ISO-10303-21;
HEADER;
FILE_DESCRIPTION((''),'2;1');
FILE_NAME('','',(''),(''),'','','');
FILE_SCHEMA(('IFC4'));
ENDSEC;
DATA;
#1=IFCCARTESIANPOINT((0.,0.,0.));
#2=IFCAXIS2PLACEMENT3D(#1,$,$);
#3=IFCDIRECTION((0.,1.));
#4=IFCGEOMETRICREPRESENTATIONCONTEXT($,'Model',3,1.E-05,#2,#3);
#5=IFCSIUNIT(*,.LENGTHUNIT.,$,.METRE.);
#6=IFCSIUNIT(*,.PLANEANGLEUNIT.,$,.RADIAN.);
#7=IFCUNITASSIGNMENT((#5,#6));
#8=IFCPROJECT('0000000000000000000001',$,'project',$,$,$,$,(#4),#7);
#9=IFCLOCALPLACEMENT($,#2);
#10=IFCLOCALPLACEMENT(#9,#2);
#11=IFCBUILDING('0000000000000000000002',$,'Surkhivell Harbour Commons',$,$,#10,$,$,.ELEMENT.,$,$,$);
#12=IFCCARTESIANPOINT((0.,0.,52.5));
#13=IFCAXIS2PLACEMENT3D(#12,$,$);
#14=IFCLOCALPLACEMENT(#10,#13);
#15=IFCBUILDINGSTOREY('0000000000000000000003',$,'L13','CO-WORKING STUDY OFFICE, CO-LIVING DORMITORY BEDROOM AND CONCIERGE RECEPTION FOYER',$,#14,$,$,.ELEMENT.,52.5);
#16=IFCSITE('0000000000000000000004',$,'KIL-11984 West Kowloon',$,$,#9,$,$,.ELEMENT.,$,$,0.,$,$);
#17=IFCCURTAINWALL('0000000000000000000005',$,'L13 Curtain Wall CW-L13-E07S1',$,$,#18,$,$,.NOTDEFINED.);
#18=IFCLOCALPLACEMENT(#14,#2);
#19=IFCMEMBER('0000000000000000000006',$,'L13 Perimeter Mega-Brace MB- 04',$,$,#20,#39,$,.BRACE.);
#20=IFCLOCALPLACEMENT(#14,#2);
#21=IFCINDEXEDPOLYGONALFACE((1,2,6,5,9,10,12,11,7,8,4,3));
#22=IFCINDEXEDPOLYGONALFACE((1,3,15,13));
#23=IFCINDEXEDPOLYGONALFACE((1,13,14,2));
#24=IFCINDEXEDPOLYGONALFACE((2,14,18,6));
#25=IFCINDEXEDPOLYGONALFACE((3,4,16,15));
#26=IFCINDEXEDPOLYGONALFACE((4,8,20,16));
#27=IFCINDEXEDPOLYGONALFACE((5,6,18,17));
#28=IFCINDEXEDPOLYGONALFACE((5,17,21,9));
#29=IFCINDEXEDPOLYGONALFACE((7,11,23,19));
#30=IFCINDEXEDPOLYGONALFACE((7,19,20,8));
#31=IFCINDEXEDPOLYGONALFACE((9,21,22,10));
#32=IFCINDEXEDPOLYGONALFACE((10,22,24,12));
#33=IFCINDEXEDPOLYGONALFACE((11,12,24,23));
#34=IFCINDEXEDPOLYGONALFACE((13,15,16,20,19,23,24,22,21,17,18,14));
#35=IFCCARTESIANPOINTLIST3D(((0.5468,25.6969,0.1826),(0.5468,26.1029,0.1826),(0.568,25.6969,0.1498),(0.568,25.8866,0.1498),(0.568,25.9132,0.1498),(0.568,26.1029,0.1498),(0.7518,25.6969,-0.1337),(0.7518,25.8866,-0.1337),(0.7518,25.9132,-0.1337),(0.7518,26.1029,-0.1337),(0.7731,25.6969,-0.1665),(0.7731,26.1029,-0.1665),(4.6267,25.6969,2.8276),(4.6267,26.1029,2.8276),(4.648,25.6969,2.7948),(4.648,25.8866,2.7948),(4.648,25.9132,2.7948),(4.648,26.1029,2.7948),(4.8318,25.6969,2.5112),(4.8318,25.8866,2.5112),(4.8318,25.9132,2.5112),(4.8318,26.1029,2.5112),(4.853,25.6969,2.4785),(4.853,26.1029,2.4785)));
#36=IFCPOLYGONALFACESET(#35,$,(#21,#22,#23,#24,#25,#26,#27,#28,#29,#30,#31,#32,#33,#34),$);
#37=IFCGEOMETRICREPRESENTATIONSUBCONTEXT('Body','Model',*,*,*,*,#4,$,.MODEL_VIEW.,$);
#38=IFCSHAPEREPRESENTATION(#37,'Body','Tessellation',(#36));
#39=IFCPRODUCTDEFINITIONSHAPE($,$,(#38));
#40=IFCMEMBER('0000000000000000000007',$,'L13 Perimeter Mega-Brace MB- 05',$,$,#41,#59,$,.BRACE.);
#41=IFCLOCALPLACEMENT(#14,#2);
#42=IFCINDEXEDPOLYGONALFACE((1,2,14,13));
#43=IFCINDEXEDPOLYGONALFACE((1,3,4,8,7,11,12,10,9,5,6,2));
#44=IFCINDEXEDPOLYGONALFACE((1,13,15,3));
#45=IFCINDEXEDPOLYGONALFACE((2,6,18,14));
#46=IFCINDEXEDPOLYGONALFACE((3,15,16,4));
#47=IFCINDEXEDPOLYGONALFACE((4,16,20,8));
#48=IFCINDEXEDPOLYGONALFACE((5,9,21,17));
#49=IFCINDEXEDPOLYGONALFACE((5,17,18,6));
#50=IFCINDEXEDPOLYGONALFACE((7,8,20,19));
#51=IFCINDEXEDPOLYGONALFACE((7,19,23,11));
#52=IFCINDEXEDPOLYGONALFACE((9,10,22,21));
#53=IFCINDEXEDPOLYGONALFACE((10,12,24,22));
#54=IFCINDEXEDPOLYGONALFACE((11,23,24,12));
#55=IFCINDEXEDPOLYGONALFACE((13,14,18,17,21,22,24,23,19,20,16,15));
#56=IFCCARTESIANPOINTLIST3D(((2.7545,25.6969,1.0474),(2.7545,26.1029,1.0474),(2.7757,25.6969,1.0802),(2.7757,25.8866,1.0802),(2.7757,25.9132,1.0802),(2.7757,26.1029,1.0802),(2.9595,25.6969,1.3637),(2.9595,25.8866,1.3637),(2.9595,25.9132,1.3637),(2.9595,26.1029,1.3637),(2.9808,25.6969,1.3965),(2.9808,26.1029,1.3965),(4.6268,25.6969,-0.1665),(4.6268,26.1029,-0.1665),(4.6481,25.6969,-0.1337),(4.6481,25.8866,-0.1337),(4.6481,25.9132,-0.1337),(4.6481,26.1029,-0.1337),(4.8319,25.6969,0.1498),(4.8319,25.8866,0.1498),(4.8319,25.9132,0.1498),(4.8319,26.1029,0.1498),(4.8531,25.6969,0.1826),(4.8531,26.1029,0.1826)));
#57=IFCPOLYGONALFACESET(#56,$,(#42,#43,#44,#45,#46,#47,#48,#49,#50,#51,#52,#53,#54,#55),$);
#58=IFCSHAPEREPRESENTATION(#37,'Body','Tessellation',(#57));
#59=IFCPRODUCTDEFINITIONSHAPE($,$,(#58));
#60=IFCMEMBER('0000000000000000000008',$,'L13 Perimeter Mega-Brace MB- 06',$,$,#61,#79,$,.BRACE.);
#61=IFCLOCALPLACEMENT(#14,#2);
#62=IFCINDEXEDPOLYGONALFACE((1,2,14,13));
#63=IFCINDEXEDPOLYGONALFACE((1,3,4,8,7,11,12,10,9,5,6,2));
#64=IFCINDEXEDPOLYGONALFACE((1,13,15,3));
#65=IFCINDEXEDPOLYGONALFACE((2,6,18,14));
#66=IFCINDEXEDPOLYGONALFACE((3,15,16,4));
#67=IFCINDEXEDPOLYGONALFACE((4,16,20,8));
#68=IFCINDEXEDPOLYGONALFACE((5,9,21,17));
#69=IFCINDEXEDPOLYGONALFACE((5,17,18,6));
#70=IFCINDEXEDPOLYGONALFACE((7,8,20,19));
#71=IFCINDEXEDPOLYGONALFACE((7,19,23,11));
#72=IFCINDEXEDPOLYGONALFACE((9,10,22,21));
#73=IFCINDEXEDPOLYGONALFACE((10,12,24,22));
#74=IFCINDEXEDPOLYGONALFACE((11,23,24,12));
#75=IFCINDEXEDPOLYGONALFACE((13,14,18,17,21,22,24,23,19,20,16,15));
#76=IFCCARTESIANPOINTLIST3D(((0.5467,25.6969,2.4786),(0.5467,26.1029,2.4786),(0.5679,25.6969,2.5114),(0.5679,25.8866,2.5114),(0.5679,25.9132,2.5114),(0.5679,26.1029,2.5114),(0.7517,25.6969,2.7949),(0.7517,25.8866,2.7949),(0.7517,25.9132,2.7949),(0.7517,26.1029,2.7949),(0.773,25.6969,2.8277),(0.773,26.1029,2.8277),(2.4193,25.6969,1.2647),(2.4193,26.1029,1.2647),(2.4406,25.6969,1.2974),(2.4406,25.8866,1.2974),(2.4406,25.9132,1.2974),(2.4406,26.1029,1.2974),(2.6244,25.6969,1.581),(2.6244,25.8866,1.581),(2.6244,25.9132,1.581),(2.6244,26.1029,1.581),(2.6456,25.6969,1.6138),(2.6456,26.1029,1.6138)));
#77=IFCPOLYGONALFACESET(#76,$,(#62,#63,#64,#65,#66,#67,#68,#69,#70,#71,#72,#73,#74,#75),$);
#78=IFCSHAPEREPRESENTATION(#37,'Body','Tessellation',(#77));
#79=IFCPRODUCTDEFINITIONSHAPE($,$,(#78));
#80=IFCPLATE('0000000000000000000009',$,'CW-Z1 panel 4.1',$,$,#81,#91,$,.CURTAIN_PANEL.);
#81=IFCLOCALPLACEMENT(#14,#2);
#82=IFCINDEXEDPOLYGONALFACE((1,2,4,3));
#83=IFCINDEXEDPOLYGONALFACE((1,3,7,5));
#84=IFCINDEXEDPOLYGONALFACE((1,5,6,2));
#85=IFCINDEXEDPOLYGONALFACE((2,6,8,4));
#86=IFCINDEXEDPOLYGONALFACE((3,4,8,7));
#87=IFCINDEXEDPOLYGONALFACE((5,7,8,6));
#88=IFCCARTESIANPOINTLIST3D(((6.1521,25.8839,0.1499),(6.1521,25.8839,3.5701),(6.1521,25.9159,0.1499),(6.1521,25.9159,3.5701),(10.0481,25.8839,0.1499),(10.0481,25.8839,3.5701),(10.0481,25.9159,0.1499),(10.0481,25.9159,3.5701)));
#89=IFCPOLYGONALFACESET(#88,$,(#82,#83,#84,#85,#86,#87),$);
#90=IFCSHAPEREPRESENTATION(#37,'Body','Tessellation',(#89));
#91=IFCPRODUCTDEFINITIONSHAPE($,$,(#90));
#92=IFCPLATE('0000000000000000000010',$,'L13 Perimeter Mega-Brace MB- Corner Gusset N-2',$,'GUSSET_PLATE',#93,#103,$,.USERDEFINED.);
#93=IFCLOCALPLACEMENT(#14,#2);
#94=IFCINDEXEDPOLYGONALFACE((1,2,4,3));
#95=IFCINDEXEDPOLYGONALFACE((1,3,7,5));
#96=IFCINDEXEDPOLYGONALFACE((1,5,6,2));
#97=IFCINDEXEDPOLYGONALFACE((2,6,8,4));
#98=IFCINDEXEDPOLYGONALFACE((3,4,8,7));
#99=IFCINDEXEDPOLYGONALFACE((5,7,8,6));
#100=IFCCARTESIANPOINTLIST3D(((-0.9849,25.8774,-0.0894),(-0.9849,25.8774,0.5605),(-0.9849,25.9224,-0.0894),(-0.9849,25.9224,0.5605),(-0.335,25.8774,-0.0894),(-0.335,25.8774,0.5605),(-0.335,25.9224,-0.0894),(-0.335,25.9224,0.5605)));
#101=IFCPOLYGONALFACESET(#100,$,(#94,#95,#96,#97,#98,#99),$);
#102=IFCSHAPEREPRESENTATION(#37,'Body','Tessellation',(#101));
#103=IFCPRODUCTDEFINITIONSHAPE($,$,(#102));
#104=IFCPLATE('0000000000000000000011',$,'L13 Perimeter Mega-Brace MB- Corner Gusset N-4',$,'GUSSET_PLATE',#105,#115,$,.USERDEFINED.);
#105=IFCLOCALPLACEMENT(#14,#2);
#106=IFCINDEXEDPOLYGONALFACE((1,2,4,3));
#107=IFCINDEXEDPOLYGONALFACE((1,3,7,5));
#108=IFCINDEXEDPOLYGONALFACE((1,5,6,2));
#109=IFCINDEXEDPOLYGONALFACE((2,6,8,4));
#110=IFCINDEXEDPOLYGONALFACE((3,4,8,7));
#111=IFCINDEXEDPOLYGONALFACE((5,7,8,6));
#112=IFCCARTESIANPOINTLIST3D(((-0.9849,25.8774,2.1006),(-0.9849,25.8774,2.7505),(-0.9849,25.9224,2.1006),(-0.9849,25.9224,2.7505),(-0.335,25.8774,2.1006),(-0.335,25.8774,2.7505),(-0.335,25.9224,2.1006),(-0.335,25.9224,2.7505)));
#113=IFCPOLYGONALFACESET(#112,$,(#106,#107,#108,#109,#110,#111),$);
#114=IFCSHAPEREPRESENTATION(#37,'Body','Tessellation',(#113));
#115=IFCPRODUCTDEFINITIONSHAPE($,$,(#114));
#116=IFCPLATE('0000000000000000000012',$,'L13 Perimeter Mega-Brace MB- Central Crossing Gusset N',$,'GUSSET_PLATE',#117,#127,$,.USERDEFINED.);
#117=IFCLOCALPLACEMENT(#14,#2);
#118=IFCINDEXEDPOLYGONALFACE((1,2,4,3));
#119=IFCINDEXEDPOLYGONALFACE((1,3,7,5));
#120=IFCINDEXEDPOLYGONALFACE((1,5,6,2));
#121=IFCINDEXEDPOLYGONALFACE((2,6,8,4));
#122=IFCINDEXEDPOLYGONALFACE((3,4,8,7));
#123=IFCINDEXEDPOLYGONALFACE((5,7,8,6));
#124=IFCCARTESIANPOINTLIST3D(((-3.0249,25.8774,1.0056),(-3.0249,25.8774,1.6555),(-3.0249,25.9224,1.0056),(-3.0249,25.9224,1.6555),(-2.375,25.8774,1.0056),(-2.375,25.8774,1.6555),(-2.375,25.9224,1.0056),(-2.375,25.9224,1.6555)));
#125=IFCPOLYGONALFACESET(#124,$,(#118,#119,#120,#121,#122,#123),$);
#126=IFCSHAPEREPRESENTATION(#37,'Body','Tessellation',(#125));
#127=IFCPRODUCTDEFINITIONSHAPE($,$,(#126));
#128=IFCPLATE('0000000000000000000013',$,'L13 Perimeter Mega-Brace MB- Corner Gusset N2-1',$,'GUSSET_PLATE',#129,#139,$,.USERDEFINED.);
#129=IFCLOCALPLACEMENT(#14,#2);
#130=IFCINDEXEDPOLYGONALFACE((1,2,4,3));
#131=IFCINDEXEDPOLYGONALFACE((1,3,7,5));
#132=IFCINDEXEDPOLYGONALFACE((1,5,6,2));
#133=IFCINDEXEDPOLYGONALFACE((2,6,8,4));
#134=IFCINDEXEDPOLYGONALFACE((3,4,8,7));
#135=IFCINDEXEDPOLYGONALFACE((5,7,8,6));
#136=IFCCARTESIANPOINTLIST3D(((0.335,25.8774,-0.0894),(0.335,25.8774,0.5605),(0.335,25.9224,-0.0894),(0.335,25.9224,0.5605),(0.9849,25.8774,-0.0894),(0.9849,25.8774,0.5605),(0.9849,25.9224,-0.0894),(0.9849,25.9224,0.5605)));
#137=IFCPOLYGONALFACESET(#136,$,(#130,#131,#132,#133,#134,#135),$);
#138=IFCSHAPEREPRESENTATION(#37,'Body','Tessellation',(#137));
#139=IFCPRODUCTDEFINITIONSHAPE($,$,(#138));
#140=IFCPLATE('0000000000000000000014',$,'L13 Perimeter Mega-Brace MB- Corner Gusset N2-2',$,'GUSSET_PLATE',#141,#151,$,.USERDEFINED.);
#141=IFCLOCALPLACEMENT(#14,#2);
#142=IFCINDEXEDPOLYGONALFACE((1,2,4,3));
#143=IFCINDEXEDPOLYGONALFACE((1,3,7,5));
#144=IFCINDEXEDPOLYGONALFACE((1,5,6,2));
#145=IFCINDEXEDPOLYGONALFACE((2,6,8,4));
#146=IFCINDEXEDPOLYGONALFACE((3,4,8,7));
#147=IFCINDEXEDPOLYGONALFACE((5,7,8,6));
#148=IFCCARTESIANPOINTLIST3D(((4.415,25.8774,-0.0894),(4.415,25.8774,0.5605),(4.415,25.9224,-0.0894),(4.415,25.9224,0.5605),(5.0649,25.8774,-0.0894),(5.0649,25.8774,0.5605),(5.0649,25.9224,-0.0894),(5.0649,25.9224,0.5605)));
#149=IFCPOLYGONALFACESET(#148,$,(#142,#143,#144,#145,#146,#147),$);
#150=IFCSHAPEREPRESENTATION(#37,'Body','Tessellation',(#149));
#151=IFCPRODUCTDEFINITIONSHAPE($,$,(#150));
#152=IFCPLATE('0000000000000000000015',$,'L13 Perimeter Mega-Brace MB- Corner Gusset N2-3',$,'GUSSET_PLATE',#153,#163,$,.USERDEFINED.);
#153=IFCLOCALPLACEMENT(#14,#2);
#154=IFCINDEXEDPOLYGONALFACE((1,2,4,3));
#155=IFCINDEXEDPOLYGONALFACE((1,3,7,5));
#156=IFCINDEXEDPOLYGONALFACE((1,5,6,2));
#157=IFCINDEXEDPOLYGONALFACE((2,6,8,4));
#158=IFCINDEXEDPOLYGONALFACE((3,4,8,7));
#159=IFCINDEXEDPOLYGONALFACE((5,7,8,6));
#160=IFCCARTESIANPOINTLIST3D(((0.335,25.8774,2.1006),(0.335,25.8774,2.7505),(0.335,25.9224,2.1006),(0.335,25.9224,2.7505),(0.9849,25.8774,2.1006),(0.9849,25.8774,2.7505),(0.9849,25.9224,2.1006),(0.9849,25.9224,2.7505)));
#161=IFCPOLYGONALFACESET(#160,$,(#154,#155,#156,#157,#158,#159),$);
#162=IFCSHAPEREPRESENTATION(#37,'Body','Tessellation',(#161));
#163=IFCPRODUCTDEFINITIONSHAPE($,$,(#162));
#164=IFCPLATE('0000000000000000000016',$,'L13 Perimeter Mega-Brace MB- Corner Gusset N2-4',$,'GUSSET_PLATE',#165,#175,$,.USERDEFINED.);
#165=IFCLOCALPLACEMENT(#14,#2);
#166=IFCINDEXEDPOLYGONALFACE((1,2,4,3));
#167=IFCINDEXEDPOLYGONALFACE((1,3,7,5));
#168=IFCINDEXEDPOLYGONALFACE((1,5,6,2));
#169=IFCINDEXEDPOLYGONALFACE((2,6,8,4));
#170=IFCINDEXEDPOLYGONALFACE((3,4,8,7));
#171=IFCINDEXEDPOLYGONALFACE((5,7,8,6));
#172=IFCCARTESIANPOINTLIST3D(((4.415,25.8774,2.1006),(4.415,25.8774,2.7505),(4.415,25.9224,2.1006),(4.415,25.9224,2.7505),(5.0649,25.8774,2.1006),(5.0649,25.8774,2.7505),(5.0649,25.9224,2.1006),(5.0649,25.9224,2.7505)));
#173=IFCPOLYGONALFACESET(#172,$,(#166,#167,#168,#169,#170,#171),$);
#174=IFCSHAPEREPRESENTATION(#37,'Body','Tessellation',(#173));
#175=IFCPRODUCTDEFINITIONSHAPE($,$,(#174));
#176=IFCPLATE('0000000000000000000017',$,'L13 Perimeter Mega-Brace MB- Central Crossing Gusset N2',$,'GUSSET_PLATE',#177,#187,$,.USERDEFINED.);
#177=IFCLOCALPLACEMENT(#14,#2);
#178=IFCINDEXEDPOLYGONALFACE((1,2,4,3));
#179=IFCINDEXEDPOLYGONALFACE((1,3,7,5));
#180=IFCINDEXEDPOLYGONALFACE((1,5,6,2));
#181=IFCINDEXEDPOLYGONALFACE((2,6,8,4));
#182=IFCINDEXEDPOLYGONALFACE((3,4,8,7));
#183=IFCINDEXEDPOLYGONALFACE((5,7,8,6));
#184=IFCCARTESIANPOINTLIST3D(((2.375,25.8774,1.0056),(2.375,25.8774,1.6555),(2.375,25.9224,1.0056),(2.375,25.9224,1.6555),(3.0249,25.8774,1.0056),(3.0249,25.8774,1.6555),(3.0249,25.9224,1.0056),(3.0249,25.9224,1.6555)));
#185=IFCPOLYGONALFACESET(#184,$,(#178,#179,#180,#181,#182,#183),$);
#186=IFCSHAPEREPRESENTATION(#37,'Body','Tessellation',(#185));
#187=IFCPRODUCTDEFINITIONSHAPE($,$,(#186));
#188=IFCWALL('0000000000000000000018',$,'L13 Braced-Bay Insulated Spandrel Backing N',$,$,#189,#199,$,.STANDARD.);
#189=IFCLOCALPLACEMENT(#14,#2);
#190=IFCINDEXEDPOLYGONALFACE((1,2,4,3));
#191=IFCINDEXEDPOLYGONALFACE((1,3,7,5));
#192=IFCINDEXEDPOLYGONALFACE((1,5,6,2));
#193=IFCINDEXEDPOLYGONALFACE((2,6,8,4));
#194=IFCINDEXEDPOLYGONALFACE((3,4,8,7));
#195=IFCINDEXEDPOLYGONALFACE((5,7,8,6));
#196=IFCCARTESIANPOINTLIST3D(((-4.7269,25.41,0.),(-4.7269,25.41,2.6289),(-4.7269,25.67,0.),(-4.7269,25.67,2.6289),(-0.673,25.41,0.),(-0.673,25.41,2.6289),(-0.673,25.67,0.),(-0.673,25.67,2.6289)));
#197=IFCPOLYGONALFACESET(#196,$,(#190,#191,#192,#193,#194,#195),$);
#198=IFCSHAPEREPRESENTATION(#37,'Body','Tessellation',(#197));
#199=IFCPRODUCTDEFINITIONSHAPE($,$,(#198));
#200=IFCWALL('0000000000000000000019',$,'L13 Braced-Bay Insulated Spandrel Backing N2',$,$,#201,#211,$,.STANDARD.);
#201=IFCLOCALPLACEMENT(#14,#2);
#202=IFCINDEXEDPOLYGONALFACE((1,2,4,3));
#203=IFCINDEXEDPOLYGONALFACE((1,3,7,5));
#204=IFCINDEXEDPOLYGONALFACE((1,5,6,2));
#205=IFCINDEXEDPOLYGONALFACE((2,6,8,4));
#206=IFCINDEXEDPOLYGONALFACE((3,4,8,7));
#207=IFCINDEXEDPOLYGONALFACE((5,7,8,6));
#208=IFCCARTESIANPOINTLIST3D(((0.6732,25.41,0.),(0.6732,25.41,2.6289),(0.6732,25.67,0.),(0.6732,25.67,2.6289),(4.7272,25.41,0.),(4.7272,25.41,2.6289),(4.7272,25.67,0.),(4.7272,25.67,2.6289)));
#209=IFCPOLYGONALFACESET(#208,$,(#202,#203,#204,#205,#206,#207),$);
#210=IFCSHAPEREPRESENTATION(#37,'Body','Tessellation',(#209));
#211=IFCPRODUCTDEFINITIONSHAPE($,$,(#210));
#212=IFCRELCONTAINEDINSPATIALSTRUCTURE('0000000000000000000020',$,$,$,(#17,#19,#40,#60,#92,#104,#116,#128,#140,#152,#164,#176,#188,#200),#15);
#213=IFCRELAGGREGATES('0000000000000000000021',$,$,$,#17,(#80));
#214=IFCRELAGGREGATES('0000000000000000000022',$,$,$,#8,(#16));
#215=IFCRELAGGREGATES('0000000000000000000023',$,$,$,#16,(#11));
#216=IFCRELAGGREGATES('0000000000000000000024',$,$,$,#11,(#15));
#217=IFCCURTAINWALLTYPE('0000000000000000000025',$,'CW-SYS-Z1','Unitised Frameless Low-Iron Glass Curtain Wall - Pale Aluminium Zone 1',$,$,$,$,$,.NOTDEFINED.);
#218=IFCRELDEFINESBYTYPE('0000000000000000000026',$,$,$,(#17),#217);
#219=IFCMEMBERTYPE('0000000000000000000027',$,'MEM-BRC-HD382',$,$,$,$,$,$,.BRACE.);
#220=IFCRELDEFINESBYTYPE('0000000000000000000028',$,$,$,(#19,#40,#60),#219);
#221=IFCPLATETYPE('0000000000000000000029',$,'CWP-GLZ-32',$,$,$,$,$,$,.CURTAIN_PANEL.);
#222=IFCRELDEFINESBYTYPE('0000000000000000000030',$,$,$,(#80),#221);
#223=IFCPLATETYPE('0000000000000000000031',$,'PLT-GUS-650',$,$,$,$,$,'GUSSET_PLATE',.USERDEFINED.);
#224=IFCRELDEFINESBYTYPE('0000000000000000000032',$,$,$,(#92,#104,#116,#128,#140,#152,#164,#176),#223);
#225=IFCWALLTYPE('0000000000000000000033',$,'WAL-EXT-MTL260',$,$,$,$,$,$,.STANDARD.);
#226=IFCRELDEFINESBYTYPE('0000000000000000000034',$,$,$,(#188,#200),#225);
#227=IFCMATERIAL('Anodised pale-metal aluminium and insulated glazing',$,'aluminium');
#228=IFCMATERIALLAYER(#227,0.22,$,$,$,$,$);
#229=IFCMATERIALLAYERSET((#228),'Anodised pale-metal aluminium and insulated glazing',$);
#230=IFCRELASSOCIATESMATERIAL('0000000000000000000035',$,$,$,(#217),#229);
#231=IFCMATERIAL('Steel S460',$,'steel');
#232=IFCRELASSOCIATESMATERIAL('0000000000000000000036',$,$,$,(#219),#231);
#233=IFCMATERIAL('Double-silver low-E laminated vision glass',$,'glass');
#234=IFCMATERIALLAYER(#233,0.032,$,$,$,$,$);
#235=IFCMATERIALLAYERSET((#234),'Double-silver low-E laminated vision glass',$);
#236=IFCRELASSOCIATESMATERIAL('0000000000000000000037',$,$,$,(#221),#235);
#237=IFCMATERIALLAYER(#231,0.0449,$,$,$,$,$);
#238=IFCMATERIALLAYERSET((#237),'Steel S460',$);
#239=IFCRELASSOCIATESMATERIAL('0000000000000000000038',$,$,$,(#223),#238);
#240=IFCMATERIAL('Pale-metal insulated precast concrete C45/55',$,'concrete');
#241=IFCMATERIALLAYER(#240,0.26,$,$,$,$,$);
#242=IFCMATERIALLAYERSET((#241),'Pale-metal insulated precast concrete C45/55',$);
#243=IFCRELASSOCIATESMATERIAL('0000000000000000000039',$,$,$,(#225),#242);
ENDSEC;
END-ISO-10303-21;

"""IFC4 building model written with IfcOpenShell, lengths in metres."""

from ifc_helpers import new_model, si_unit, direction, frame, frame_2d, origin, origin_2d, place, context, subcontext, project, spatial, rectangle, i_section, extrude, material, layer, layer_set, material_profile, profile_set, type_object, element, aggregate, save


model = new_model("IFC4")

# Units and contexts
model_context = context("Model", 3, precision=1e-05, world=origin(), true_north=direction((0.0, 1.0)))
body_context = subcontext(model_context, "Body", "Model", "MODEL_VIEW")
ifc_project = project(units=[si_unit("LENGTHUNIT", "METRE"), si_unit("PLANEANGLEUNIT", "RADIAN")], contexts=[model_context])

# Site, building, storey
site_placement = place(None, origin())
site = spatial("IfcSite", under=ifc_project, at=site_placement, Name="KIL-11984 West Kowloon", CompositionType="ELEMENT", RefElevation=0.0)
building_placement = place(site_placement, origin())
building = spatial("IfcBuilding", under=site, at=building_placement, Name="Surkhivell Harbour Commons", CompositionType="ELEMENT")
storey_placement = place(building_placement, frame((0.0, 0.0, 52.5)))
storey = spatial("IfcBuildingStorey", under=building, at=storey_placement, Name="L13", Description="CO-WORKING STUDY OFFICE, CO-LIVING DORMITORY BEDROOM AND CONCIERGE RECEPTION FOYER", CompositionType="ELEMENT", Elevation=52.5)

# Shared definitions
ifc_material_1 = material(Name="Steel S460", Category="steel")

# Curtain wall
ifc_material_2 = material(Name="Anodised pale-metal aluminium and insulated glazing", Category="aluminium")
ifc_layer_1 = layer(ifc_material_2, 0.22)
ifc_layer_set_1 = layer_set([ifc_layer_1], Name="Anodised pale-metal aluminium and insulated glazing")
curtain_wall_type = type_object("IfcCurtainWallType", Name="CW-SYS-Z1", Description="Unitised Frameless Low-Iron Glass Curtain Wall - Pale Aluminium Zone 1", PredefinedType="NOTDEFINED", material=ifc_layer_set_1)
curtain_wall_placement = place(storey_placement, origin())
curtain_wall = element("IfcCurtainWall", 1, at=curtain_wall_placement, inside=storey, type_object=curtain_wall_type, Name="L13 Curtain Wall CW-L13-E07S1", PredefinedType="NOTDEFINED")

# Members
ifc_material_profile_1 = material_profile(ifc_material_1, i_section(OverallWidth=0.406, OverallDepth=0.416, WebThickness=0.0266, FlangeThickness=0.0391, at=origin_2d()), Name="HD400x382")
ifc_profile_set_1 = profile_set([ifc_material_profile_1], Name="Steel S460")
member_type_1 = type_object("IfcMemberType", Name="MEM-BRC-HD382", PredefinedType="BRACE", material=ifc_profile_set_1)
member_1_placement = place(storey_placement, frame((0.6599, 25.8999, 0.0081), z_axis=(0.839104, 0.0, 0.543971), x_axis=(0.0, 1.0, 0.0)))
element("IfcMember", 2, at=member_1_placement, inside=storey, type_object=member_type_1, Name="L13 Perimeter Mega-Brace MB- 04", PredefinedType="BRACE", context=body_context, shape_type="SweptSolid", body=[
    extrude(i_section(OverallWidth=0.406, OverallDepth=0.416, WebThickness=0.0266, FlangeThickness=0.0391, at=origin_2d()), origin(), (0.0, 0.0, 1.0), 4.8623),
])
member_2_placement = place(storey_placement, frame((4.74, 25.8999, 0.0081), z_axis=(-0.839085, 0.0, 0.544), x_axis=(0.0, -1.0, 0.0)))
element("IfcMember", 3, at=member_2_placement, inside=storey, type_object=member_type_1, Name="L13 Perimeter Mega-Brace MB- 05", PredefinedType="BRACE", context=body_context, shape_type="SweptSolid", body=[
    extrude(i_section(OverallWidth=0.406, OverallDepth=0.416, WebThickness=0.0266, FlangeThickness=0.0391, at=origin_2d()), origin(), (0.0, 0.0, 1.0), 2.2314),
])
member_3_placement = place(storey_placement, frame((2.5325, 25.8999, 1.4392), z_axis=(-0.839118, 0.0, 0.54395), x_axis=(0.0, -1.0, 0.0)))
element("IfcMember", 4, at=member_3_placement, inside=storey, type_object=member_type_1, Name="L13 Perimeter Mega-Brace MB- 06", PredefinedType="BRACE", context=body_context, shape_type="SweptSolid", body=[
    extrude(i_section(OverallWidth=0.406, OverallDepth=0.416, WebThickness=0.0266, FlangeThickness=0.0391, at=origin_2d()), origin(), (0.0, 0.0, 1.0), 2.2317),
])

# Plate
ifc_material_3 = material(Name="Double-silver low-E laminated vision glass", Category="glass")
ifc_layer_2 = layer(ifc_material_3, 0.032)
ifc_layer_set_2 = layer_set([ifc_layer_2], Name="Double-silver low-E laminated vision glass")
plate_type_1 = type_object("IfcPlateType", Name="CWP-GLZ-32", PredefinedType="CURTAIN_PANEL", material=ifc_layer_set_2)
plate_placement = place(storey_placement, frame((10.0481, 25.8999, 0.1499), z_axis=(0.0, 0.0, 1.0), x_axis=(-1.0, 0.0, 0.0)))
plate = element("IfcPlate", 5, at=plate_placement, type_object=plate_type_1, Name="CW-Z1 panel 4.1", PredefinedType="CURTAIN_PANEL", context=body_context, shape_type="SweptSolid", body=[
    extrude(rectangle(XDim=3.896, YDim=0.032, at=frame_2d((1.948, 0.0))), origin(), (0.0, 0.0, 1.0), 3.4202),
])
aggregate(curtain_wall, [plate])

# Plates
ifc_layer_3 = layer(ifc_material_1, 0.0449)
ifc_layer_set_3 = layer_set([ifc_layer_3], Name="Steel S460")
plate_type_2 = type_object("IfcPlateType", Name="PLT-GUS-650", ElementType="GUSSET_PLATE", PredefinedType="USERDEFINED", material=ifc_layer_set_3)
for number, where, z_axis, x_axis, name in (
    (6, (-0.6599, 25.8999, -0.0894), (0.0, 0.0, 1.0), (1.0, 0.0, 0.0), "L13 Perimeter Mega-Brace MB- Corner Gusset N-2"),
    (7, (-0.6599, 25.8999, 2.1006), (0.0, 0.0, 1.0), (1.0, 0.0, 0.0), "L13 Perimeter Mega-Brace MB- Corner Gusset N-4"),
    (8, (-2.7, 25.8999, 1.0056), (0.0, 0.0, 1.0), (1.0, 0.0, 0.0), "L13 Perimeter Mega-Brace MB- Central Crossing Gusset N"),
    (9, (0.6599, 25.8999, -0.0894), (0.0, 0.0, 1.0), (1.0, 0.0, 0.0), "L13 Perimeter Mega-Brace MB- Corner Gusset N2-1"),
    (10, (4.74, 25.8999, -0.0894), (0.0, 0.0, 1.0), (1.0, 0.0, 0.0), "L13 Perimeter Mega-Brace MB- Corner Gusset N2-2"),
    (11, (0.6599, 25.8999, 2.1006), (0.0, 0.0, 1.0), (1.0, 0.0, 0.0), "L13 Perimeter Mega-Brace MB- Corner Gusset N2-3"),
    (12, (4.74, 25.8999, 2.1006), (0.0, 0.0, 1.0), (1.0, 0.0, 0.0), "L13 Perimeter Mega-Brace MB- Corner Gusset N2-4"),
    (13, (2.7, 25.8999, 1.0056), (0.0, 0.0, 1.0), (1.0, 0.0, 0.0), "L13 Perimeter Mega-Brace MB- Central Crossing Gusset N2"),
):
    element("IfcPlate", number, at=place(storey_placement, frame(where, z_axis=z_axis, x_axis=x_axis)), inside=storey, type_object=plate_type_2, Name=name, ObjectType="GUSSET_PLATE", PredefinedType="USERDEFINED", context=body_context, shape_type="SweptSolid", body=[
        extrude(rectangle(XDim=0.6499, YDim=0.0449, at=origin_2d()), origin(), (0.0, 0.0, 1.0), 0.6499),
    ])

# Walls
ifc_material_4 = material(Name="Pale-metal insulated precast concrete C45/55", Category="concrete")
ifc_layer_4 = layer(ifc_material_4, 0.26)
ifc_layer_set_4 = layer_set([ifc_layer_4], Name="Pale-metal insulated precast concrete C45/55")
wall_type = type_object("IfcWallType", Name="WAL-EXT-MTL260", PredefinedType="STANDARD", material=ifc_layer_set_4)
for number, where, z_axis, x_axis, name in (
    (14, (-0.6731, 25.54, 0.0), (0.0, 0.0, 1.0), (-1.0, 0.0, 0.0), "L13 Braced-Bay Insulated Spandrel Backing N"),
    (15, (4.7271, 25.54, 0.0), (0.0, 0.0, 1.0), (-1.0, 0.0, 0.0), "L13 Braced-Bay Insulated Spandrel Backing N2"),
):
    element("IfcWall", number, at=place(storey_placement, frame(where, z_axis=z_axis, x_axis=x_axis)), inside=storey, type_object=wall_type, Name=name, PredefinedType="STANDARD", context=body_context, shape_type="SweptSolid", body=[
        extrude(rectangle(XDim=4.054, YDim=0.26, at=frame_2d((2.0269, 0.0))), origin(), (0.0, 0.0, 1.0), 2.6289),
    ])

save(model, "model.ifc")
